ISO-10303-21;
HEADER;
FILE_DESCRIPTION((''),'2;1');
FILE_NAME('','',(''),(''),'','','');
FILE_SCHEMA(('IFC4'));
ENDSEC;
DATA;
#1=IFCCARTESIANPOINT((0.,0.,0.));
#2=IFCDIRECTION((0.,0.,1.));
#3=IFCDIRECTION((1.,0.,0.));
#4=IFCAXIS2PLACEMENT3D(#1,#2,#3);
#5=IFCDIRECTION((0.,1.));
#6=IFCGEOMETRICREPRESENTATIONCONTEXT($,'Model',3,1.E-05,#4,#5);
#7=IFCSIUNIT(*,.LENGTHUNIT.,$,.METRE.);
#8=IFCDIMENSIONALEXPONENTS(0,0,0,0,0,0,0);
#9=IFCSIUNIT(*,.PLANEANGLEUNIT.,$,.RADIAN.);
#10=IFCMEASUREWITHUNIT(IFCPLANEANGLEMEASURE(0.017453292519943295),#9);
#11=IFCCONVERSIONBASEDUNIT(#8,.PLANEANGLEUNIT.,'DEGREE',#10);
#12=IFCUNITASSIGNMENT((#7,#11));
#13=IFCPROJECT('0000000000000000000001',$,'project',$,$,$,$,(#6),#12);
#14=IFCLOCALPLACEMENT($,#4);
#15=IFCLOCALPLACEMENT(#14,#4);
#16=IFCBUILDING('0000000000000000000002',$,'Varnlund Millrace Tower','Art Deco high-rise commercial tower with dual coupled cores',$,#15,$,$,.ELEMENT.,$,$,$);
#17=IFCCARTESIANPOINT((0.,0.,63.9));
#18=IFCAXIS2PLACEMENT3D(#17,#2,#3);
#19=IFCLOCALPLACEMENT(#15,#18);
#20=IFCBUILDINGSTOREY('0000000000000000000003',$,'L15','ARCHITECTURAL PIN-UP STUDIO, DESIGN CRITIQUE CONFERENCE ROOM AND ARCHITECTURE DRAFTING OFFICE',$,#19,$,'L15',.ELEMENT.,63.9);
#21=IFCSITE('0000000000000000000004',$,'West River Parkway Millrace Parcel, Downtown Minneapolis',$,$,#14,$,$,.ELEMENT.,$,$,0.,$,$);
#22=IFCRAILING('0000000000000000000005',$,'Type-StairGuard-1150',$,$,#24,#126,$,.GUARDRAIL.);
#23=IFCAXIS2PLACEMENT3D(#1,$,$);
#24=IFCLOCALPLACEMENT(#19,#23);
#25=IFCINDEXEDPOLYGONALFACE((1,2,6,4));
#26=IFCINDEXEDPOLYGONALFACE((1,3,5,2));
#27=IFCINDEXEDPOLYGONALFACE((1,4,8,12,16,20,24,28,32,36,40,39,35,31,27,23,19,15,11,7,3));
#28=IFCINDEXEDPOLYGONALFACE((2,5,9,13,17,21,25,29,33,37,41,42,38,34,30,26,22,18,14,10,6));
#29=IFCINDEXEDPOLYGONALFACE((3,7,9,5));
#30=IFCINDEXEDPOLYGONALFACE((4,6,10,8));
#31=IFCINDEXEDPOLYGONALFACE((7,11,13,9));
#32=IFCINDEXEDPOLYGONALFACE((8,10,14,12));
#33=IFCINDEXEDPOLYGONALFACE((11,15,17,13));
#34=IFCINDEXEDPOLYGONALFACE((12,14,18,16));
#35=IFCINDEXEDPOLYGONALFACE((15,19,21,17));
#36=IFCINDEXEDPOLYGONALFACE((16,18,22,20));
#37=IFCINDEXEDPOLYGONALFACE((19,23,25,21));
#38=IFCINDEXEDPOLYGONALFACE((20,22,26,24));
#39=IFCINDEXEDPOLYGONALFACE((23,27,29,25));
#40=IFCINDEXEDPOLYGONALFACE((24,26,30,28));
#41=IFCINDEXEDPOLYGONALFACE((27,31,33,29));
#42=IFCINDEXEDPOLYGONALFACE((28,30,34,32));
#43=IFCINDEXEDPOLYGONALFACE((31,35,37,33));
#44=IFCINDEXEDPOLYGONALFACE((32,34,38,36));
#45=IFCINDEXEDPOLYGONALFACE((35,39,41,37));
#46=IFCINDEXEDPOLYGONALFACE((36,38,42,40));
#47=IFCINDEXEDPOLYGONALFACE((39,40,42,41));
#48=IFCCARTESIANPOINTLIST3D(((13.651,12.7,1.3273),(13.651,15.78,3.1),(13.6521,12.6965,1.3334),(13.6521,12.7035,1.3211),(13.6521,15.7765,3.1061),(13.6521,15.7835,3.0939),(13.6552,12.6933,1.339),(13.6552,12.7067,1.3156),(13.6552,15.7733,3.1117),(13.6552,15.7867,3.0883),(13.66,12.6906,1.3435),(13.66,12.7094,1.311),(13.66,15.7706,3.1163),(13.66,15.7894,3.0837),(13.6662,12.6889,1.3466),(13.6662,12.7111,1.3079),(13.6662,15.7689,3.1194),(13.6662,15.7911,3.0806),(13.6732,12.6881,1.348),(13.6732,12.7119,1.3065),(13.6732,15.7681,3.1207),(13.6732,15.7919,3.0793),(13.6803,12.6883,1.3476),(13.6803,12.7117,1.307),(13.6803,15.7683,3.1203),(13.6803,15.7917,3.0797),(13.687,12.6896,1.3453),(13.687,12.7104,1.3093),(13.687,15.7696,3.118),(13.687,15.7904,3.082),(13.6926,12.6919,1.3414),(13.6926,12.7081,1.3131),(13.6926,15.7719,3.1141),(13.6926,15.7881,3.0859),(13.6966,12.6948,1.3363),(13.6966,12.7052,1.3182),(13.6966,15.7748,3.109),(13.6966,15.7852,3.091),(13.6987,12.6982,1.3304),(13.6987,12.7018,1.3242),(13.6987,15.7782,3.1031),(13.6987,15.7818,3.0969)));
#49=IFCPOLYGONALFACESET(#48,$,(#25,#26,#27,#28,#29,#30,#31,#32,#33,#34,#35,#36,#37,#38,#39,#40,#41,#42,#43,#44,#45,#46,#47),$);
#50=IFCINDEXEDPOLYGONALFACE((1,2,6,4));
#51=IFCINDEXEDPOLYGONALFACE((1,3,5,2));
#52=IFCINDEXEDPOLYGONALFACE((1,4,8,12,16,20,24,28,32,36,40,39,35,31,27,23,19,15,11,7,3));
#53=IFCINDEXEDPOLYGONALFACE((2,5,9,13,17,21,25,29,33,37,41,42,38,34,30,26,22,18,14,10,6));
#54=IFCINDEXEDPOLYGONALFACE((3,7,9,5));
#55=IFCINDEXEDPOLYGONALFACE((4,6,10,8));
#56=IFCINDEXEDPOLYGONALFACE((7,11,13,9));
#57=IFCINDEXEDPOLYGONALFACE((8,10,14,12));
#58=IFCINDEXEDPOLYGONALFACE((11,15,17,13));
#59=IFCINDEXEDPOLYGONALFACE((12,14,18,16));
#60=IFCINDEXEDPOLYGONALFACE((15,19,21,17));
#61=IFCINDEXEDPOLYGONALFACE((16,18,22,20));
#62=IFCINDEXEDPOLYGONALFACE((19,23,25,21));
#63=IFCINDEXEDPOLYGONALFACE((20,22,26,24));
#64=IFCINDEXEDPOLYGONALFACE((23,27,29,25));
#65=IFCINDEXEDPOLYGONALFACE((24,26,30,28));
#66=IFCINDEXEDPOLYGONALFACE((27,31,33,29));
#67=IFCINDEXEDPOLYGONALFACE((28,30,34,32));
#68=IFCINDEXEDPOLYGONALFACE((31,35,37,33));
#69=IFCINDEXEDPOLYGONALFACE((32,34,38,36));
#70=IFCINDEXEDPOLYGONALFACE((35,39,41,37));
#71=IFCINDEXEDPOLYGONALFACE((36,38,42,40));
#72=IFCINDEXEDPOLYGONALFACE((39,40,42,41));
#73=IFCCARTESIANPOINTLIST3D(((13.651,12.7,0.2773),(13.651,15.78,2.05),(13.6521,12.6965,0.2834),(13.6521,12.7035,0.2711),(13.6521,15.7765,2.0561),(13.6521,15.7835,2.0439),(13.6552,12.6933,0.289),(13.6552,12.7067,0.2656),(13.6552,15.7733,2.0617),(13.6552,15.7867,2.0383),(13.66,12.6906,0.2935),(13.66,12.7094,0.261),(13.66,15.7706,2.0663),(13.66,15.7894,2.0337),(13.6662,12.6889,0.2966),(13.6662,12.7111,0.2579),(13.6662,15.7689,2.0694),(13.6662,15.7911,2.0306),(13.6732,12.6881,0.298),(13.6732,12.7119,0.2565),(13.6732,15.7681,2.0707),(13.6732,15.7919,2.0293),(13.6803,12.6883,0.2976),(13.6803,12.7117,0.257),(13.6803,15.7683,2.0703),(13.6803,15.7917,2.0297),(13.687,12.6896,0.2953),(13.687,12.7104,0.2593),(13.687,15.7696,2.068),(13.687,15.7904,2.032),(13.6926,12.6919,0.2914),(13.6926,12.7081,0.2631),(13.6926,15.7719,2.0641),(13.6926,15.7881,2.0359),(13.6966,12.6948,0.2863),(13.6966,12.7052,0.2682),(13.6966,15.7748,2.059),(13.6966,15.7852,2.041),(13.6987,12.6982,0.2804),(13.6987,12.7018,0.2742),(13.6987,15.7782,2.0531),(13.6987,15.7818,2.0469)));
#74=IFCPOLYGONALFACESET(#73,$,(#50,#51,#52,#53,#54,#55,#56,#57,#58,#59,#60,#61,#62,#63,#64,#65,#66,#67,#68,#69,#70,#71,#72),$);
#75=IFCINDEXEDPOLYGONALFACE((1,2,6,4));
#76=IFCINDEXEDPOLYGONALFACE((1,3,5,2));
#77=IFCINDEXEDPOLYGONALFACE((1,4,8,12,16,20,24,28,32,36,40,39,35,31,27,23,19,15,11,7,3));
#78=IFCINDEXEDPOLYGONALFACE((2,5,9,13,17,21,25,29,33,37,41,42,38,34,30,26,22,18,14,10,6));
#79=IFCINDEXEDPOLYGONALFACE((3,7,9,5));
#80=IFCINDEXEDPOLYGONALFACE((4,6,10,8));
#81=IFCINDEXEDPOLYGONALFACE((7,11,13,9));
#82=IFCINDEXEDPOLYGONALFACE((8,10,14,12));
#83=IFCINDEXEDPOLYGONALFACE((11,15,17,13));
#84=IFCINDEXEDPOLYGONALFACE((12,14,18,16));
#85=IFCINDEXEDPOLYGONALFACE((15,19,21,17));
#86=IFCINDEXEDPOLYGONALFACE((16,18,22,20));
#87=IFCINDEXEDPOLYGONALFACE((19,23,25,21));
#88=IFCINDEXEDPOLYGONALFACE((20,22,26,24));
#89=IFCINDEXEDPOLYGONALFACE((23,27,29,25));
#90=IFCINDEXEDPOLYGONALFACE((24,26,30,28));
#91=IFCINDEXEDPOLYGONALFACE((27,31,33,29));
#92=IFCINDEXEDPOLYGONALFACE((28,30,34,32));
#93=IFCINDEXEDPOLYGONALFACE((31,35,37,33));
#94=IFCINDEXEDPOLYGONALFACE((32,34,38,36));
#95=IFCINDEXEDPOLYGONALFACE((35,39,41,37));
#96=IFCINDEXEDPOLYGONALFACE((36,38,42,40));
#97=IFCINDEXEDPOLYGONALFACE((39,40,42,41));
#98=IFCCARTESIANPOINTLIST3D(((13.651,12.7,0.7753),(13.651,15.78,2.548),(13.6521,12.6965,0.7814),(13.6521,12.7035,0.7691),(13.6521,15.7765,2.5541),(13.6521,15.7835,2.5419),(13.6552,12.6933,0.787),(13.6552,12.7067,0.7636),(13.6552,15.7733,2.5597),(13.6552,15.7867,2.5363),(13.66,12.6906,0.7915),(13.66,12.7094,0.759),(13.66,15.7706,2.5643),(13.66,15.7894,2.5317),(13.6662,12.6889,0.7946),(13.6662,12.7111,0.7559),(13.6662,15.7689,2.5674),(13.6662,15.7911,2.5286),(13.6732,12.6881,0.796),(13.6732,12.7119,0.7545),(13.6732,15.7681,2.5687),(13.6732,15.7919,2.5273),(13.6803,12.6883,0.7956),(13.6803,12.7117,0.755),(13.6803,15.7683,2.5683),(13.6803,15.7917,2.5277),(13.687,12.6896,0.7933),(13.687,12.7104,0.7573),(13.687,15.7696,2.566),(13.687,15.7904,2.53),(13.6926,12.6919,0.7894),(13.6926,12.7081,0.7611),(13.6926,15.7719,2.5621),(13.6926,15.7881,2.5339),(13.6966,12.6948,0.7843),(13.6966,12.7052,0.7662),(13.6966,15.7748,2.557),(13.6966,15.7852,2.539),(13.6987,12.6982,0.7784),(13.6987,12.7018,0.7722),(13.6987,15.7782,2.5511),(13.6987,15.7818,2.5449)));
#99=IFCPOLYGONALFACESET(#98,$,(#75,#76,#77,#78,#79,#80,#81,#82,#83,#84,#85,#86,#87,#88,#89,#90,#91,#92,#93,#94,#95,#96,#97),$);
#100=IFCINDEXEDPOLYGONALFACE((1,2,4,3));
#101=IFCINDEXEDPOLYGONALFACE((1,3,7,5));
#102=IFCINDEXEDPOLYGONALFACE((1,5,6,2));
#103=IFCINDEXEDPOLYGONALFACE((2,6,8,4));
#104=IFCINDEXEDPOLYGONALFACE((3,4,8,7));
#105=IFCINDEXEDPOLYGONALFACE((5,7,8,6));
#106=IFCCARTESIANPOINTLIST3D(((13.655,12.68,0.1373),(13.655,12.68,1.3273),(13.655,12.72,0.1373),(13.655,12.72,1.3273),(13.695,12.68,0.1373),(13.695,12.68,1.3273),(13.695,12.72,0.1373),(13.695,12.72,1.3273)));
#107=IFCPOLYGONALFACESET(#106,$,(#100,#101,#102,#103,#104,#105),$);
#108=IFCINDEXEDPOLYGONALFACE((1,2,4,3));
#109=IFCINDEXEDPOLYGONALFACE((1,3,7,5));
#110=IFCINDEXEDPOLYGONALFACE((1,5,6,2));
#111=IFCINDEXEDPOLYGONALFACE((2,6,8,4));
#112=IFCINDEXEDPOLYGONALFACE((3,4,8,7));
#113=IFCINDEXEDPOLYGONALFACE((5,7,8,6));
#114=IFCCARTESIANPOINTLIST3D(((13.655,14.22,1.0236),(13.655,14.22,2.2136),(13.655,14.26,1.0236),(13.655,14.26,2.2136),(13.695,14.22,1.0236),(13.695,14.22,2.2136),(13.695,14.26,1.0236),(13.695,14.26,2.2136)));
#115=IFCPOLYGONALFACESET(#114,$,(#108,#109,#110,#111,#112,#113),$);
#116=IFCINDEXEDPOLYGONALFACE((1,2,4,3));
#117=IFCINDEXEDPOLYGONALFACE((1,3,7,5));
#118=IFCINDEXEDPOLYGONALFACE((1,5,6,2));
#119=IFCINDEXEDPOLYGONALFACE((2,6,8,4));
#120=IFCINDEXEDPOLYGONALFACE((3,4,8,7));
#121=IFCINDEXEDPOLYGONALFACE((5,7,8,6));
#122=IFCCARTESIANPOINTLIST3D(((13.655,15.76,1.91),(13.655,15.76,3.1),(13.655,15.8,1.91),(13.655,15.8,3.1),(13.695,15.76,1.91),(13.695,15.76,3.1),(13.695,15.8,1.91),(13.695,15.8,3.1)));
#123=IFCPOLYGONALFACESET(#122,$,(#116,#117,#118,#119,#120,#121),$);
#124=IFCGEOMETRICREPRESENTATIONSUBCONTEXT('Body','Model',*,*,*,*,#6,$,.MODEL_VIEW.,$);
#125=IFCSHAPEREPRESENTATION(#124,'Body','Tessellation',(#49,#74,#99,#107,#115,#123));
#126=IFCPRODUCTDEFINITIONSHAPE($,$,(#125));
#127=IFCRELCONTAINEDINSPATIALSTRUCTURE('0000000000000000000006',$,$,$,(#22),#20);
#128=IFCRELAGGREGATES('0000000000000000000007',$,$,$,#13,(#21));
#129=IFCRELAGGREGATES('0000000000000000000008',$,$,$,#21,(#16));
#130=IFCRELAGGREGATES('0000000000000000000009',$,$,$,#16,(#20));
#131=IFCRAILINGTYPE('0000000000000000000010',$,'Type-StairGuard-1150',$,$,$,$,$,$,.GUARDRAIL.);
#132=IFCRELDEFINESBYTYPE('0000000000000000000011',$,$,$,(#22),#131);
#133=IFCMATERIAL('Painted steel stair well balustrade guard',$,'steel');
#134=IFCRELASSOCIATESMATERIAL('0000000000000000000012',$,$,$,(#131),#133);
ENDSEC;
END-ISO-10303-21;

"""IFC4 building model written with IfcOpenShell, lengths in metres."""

from ifc_helpers import new_model, entity, si_unit, converted_unit, direction, frame, origin_with_axes, origin_2d_with_axis, place, context, subcontext, project, spatial, rectangle, circle, extrude, material, type_object, element, save


model = new_model("IFC4")

# Units and contexts
model_context = context("Model", 3, precision=1e-05, world=origin_with_axes(), true_north=direction((0.0, 1.0)))
body_context = subcontext(model_context, "Body", "Model", "MODEL_VIEW")
ifc_project = project(units=[si_unit("LENGTHUNIT", "METRE"), converted_unit("PLANEANGLEUNIT", "DEGREE", entity("IfcPlaneAngleMeasure", 0.017453292519943295), si_unit("PLANEANGLEUNIT", "RADIAN"), dimensions=[0, 0, 0, 0, 0, 0, 0])], contexts=[model_context])

# Site, building, storey
site_placement = place(None, origin_with_axes())
site = spatial("IfcSite", under=ifc_project, at=site_placement, Name="West River Parkway Millrace Parcel, Downtown Minneapolis", CompositionType="ELEMENT", RefElevation=0.0)
building_placement = place(site_placement, origin_with_axes())
building = spatial("IfcBuilding", under=site, at=building_placement, Name="Varnlund Millrace Tower", Description="Art Deco high-rise commercial tower with dual coupled cores", CompositionType="ELEMENT")
storey_placement = place(building_placement, frame((0.0, 0.0, 63.9), z_axis=(0.0, 0.0, 1.0), x_axis=(1.0, 0.0, 0.0)))
storey = spatial("IfcBuildingStorey", under=building, at=storey_placement, Name="L15", Description="ARCHITECTURAL PIN-UP STUDIO, DESIGN CRITIQUE CONFERENCE ROOM AND ARCHITECTURE DRAFTING OFFICE", LongName="L15", CompositionType="ELEMENT", Elevation=63.9)

# Railing
ifc_material_1 = material(Name="Painted steel stair well balustrade guard", Category="steel")
railing_type_1 = type_object("IfcRailingType", Name="Type-StairGuard-1150", PredefinedType="GUARDRAIL", material=ifc_material_1)
railing_1_placement = place(storey_placement, frame((0.0, 0.0, -63.9), z_axis=(0.0, 0.0, 1.0), x_axis=(1.0, 0.0, 0.0)))
element("IfcRailing", 1, at=railing_1_placement, inside=storey, type_object=railing_type_1, Name="Type-StairGuard-1150", PredefinedType="GUARDRAIL", context=body_context, shape_type="SweptSolid", body=[
    extrude(circle(Radius=0.024, at=origin_2d_with_axis()), frame((13.675, 12.7, 65.2273), z_axis=(0.0, 0.866696, 0.498836), x_axis=(-1.0, 0.0, 0.0)), (0.0, 0.0, 1.0), 3.5537),
    extrude(circle(Radius=0.024, at=origin_2d_with_axis()), frame((13.675, 12.7, 64.1773), z_axis=(0.0, 0.866696, 0.498836), x_axis=(-1.0, 0.0, 0.0)), (0.0, 0.0, 1.0), 3.5537),
    extrude(circle(Radius=0.024, at=origin_2d_with_axis()), frame((13.675, 12.7, 64.6753), z_axis=(0.0, 0.866696, 0.498836), x_axis=(-1.0, 0.0, 0.0)), (0.0, 0.0, 1.0), 3.5537),
    extrude(rectangle(XDim=0.04, YDim=0.04, at=origin_2d_with_axis()), frame((13.675, 12.7, 64.0373), z_axis=(0.0, 0.0, 1.0), x_axis=(1.0, 0.0, 0.0)), (0.0, 0.0, 1.0), 1.19),
    extrude(rectangle(XDim=0.04, YDim=0.04, at=origin_2d_with_axis()), frame((13.675, 14.24, 64.9236), z_axis=(0.0, 0.0, 1.0), x_axis=(1.0, 0.0, 0.0)), (0.0, 0.0, 1.0), 1.19),
    extrude(rectangle(XDim=0.04, YDim=0.04, at=origin_2d_with_axis()), frame((13.675, 15.78, 65.81), z_axis=(0.0, 0.0, 1.0), x_axis=(1.0, 0.0, 0.0)), (0.0, 0.0, 1.0), 1.19),
])

save(model, "model.ifc")
